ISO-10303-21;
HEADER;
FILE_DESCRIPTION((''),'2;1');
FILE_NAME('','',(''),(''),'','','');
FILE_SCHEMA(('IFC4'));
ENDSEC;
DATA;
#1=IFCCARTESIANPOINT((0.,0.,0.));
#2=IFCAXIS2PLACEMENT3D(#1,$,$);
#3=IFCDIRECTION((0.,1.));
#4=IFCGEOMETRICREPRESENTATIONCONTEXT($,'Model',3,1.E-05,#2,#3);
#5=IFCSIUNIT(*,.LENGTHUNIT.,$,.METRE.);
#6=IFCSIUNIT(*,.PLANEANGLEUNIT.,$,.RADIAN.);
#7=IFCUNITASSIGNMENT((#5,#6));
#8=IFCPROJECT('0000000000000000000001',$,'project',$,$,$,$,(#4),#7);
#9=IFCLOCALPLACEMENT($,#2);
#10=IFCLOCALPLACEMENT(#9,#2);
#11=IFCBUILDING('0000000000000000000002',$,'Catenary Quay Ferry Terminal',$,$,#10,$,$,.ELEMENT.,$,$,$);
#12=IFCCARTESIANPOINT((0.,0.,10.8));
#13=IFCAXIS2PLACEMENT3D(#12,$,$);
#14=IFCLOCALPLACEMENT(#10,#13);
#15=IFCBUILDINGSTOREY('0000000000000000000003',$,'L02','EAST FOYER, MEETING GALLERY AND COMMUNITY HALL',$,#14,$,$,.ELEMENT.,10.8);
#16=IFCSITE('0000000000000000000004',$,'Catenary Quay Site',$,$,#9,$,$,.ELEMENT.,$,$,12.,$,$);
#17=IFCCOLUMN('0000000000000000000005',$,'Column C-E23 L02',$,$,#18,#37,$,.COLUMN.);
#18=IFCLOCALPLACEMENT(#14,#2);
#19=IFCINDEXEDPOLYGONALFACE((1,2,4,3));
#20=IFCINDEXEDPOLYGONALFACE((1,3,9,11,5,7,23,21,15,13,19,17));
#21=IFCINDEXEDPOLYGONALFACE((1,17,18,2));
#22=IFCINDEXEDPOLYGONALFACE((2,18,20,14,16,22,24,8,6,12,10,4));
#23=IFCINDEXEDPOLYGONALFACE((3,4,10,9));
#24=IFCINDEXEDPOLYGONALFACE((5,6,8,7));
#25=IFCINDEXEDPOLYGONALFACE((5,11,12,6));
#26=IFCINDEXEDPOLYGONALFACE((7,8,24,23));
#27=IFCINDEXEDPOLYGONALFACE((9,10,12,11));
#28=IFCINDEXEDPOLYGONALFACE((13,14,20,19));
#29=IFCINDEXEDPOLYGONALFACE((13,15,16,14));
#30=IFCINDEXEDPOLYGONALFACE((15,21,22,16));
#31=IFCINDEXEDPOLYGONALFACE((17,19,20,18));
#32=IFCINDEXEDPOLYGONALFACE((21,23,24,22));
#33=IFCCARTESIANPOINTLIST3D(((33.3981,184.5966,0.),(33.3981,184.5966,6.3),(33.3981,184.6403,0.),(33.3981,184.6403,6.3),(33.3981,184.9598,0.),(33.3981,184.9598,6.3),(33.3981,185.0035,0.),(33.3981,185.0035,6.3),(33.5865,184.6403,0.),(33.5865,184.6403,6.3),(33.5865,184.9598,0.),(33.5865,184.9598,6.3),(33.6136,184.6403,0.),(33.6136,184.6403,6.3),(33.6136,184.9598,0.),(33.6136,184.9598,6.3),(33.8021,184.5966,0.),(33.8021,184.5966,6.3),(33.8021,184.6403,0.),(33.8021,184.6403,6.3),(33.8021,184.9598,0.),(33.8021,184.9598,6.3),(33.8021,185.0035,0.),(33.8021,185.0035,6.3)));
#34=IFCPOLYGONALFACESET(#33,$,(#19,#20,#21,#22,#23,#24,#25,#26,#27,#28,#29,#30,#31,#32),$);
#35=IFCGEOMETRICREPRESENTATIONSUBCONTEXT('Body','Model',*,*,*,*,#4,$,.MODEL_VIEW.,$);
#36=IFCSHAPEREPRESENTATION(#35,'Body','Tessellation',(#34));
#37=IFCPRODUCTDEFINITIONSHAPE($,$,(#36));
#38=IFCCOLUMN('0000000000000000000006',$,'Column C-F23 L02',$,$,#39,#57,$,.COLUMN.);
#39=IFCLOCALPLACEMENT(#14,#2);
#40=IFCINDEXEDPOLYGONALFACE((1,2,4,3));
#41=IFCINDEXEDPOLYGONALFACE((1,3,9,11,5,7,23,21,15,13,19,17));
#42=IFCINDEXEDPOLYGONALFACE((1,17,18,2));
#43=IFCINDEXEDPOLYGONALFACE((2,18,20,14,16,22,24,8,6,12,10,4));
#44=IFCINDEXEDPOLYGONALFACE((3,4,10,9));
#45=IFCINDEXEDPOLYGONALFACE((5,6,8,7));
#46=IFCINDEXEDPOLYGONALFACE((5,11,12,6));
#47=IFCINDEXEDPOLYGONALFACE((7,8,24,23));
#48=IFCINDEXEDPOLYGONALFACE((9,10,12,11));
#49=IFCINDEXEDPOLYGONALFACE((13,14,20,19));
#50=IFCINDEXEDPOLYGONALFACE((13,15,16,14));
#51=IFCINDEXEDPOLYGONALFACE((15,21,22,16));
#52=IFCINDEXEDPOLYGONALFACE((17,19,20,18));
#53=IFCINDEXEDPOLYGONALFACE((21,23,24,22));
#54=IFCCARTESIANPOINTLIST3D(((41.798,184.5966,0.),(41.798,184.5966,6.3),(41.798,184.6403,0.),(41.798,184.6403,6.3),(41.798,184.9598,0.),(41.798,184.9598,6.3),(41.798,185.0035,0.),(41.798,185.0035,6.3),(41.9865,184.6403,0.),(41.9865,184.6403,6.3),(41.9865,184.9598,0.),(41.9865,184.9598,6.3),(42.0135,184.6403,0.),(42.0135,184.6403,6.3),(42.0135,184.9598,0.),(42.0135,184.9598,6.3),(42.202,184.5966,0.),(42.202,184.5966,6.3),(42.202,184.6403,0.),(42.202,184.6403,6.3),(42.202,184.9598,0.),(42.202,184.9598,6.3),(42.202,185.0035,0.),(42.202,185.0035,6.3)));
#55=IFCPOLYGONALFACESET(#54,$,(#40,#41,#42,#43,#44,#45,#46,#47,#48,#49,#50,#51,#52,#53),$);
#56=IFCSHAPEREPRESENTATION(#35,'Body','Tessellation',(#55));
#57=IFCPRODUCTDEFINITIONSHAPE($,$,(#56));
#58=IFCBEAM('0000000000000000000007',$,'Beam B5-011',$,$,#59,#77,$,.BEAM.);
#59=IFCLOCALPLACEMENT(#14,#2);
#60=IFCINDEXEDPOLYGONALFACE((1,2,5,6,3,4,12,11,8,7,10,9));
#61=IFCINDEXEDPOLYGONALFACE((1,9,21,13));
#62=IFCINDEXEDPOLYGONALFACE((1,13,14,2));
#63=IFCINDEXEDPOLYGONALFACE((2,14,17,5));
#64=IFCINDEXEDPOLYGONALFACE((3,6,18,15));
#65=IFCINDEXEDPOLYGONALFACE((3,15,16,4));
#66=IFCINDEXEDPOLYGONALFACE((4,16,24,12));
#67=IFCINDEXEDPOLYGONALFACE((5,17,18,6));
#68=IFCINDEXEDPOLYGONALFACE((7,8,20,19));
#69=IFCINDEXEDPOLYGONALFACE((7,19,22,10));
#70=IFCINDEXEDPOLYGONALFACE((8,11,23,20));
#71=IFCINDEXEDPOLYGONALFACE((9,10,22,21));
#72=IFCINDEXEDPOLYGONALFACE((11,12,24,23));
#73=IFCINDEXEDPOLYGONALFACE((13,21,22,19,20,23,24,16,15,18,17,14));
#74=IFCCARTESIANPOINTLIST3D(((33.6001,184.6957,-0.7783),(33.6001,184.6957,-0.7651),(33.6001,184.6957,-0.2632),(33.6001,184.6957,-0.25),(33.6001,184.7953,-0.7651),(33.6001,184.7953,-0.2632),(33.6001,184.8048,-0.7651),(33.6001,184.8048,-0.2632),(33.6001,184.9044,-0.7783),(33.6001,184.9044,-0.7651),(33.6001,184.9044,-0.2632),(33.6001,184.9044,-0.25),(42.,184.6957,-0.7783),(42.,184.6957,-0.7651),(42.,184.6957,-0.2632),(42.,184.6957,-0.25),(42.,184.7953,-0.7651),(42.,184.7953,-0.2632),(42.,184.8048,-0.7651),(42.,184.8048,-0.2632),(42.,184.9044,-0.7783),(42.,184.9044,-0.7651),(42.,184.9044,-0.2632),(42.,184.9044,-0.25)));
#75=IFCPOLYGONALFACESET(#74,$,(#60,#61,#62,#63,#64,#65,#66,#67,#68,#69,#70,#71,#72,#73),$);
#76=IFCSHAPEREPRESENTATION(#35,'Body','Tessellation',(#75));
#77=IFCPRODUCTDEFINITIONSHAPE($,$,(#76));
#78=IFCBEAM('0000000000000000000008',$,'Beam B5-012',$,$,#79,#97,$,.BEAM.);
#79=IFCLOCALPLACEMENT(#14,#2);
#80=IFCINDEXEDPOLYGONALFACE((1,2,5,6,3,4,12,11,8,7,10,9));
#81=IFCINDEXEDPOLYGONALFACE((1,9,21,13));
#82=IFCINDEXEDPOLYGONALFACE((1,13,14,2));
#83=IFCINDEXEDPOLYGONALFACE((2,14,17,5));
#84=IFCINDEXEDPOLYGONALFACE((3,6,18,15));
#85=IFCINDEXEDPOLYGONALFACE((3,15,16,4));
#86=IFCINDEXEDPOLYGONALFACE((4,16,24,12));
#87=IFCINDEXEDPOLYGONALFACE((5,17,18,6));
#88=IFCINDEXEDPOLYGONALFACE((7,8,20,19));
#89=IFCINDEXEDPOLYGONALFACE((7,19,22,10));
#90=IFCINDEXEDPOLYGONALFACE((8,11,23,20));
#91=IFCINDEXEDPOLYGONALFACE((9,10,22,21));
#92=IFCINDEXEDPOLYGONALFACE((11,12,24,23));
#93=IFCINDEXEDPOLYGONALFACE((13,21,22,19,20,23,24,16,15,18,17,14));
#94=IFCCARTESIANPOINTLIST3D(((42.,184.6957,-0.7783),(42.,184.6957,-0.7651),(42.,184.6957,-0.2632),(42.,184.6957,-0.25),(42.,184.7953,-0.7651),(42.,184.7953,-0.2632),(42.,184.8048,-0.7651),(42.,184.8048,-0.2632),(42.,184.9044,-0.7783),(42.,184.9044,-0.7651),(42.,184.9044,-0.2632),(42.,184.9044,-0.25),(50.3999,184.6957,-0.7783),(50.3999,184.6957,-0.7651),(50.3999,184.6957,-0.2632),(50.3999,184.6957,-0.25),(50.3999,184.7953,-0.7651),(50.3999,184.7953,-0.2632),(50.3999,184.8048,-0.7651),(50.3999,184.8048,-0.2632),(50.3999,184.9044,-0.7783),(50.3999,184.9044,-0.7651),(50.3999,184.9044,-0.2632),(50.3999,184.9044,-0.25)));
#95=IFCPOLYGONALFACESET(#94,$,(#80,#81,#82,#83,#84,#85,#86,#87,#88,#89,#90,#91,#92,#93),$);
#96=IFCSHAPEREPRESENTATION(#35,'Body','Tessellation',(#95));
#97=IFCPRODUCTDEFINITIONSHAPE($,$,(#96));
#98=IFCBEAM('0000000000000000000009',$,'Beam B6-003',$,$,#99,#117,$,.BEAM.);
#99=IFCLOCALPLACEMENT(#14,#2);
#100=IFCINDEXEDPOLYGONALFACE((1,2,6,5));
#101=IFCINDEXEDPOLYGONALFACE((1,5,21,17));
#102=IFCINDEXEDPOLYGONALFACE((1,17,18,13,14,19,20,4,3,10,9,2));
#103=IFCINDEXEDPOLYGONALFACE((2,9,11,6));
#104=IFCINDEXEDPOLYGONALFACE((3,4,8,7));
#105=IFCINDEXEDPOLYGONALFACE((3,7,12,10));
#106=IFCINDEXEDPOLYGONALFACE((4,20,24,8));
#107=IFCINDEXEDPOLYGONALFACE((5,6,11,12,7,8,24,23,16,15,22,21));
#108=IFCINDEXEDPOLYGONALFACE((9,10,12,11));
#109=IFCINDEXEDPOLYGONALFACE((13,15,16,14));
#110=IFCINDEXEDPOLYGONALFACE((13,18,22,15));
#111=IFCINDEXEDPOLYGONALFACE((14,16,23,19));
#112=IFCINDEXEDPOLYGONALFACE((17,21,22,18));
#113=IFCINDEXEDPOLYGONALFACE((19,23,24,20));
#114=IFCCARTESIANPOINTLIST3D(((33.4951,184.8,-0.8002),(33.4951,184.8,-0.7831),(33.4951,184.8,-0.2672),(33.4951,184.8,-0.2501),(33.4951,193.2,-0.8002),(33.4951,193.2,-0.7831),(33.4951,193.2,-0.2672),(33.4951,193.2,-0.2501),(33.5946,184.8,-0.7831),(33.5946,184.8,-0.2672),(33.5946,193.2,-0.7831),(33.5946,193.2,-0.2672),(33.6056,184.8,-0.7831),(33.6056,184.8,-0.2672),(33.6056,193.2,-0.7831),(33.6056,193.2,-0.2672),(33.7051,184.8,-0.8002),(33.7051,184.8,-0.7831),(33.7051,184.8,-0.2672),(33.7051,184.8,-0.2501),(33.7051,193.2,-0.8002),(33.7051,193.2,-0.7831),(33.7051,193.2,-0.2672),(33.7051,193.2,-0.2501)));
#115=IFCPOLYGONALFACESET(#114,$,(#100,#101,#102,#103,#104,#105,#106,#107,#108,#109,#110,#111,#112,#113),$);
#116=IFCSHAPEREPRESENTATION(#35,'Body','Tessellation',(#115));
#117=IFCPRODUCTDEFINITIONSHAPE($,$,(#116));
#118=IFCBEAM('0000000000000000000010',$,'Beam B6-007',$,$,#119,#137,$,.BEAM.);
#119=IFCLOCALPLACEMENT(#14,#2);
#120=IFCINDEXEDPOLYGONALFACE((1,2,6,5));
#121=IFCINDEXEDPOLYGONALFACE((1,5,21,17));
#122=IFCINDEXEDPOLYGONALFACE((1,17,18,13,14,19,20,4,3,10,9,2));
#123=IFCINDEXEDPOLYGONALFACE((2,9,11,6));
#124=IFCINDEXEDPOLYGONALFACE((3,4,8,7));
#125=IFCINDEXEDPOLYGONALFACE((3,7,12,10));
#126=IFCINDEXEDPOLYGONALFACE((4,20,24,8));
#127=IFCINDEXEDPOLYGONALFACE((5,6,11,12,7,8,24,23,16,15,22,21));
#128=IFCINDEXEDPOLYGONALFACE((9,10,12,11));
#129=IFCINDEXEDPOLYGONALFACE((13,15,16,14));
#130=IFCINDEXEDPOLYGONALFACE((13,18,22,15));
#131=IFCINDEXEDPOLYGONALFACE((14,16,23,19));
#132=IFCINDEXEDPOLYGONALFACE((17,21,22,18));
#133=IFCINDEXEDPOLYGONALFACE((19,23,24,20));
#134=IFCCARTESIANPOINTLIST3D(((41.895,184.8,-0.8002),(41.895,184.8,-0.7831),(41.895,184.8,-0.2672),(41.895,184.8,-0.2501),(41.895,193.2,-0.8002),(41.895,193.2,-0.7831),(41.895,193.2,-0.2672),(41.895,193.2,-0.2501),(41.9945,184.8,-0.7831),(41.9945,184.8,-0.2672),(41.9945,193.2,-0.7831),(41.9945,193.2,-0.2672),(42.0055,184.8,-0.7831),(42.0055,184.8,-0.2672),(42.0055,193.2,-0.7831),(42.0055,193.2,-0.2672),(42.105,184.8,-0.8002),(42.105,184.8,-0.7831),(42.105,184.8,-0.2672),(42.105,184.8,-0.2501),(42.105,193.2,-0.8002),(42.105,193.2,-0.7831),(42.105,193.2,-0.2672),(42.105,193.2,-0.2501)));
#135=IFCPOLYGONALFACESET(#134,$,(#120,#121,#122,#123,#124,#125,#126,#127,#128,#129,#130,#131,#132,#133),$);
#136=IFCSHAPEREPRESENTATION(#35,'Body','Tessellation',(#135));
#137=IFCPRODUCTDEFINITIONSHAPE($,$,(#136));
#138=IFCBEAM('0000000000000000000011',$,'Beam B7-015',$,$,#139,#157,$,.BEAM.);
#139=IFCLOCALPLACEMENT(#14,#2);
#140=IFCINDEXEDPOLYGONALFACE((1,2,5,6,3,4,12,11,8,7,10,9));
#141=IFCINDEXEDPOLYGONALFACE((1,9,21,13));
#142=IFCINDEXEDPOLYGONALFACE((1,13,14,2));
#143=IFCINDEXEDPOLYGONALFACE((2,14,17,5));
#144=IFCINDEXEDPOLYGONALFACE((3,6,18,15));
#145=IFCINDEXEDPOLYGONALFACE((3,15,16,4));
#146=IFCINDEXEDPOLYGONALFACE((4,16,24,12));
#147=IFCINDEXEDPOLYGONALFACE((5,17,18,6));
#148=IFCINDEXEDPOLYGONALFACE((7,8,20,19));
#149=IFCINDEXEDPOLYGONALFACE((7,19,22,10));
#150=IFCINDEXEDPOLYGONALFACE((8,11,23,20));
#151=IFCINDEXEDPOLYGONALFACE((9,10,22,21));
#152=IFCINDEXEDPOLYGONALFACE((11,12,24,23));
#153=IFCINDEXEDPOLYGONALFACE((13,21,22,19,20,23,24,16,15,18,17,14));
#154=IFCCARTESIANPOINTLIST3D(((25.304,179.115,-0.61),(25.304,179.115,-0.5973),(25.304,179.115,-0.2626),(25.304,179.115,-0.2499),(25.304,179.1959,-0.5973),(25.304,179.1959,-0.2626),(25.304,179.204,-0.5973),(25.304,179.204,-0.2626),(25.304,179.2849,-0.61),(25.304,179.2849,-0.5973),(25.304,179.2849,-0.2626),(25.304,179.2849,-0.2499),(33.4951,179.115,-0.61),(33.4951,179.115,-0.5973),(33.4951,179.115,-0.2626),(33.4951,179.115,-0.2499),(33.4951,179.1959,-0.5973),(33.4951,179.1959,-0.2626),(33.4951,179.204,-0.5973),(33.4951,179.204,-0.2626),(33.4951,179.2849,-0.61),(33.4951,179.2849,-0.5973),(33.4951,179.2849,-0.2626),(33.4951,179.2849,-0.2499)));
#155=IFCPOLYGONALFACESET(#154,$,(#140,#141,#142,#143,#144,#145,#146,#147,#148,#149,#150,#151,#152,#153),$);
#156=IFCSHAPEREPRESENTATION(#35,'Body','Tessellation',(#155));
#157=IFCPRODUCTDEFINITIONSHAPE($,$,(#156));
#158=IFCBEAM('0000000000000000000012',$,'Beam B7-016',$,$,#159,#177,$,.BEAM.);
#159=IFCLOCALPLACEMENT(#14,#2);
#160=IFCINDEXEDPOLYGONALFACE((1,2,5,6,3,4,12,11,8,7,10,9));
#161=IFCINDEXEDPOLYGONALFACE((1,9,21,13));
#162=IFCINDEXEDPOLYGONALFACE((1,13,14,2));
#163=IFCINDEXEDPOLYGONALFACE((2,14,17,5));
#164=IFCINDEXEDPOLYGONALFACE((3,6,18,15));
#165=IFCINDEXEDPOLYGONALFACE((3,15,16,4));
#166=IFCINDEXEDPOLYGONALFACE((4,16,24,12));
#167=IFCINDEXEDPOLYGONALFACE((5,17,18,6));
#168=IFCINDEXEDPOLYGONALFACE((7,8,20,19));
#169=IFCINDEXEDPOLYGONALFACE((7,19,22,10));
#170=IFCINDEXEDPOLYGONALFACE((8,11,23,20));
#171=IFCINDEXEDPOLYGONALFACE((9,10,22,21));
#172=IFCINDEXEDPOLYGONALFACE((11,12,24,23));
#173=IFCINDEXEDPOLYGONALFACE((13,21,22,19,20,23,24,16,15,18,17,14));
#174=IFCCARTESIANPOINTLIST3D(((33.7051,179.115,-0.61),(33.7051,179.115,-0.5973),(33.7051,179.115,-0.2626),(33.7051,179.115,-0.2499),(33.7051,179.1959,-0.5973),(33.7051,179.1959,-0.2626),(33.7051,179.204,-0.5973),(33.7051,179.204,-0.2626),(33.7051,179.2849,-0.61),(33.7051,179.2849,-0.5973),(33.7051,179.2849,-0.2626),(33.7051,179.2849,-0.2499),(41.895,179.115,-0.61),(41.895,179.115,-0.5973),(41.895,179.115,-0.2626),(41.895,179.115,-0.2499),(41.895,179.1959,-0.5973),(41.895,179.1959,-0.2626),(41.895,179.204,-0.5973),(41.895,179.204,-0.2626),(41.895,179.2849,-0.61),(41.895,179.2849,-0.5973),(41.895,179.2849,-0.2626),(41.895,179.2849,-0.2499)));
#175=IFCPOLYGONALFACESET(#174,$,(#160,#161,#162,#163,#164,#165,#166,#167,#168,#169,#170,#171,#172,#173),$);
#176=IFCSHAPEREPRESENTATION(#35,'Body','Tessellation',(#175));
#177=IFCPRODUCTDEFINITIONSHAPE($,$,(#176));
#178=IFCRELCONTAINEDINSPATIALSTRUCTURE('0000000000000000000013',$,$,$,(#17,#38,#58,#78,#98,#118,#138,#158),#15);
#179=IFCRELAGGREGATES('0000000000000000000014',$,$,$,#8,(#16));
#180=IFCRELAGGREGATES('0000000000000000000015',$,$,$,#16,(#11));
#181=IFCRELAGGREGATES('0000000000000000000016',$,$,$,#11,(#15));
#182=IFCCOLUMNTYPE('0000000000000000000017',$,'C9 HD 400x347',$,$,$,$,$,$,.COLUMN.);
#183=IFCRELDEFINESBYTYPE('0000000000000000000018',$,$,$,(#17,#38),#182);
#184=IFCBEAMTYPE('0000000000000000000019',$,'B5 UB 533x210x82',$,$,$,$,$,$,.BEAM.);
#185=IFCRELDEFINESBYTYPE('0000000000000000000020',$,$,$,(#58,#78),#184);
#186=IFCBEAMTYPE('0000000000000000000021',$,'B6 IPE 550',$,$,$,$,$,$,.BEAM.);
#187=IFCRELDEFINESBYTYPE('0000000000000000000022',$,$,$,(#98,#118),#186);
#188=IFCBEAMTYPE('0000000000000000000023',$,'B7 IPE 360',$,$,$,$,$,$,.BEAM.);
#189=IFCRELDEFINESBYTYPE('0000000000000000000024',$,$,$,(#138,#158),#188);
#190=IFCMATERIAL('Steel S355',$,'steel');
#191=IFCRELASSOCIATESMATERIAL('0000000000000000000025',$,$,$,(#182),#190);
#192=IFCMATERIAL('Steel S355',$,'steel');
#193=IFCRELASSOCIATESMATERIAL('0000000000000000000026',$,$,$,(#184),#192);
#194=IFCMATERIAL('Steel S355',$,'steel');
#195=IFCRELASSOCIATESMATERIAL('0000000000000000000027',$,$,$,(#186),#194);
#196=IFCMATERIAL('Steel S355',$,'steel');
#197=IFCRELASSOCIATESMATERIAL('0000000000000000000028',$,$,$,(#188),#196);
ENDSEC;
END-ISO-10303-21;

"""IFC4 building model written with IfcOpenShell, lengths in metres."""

from ifc_helpers import new_model, si_unit, direction, frame, origin, origin_2d, place, context, subcontext, project, spatial, i_section, extrude, material, material_profile, profile_set, type_object, element, save


model = new_model("IFC4")

# Units and contexts
model_context = context("Model", 3, precision=1e-05, world=origin(), true_north=direction((0.0, 1.0)))
body_context = subcontext(model_context, "Body", "Model", "MODEL_VIEW")
ifc_project = project(units=[si_unit("LENGTHUNIT", "METRE"), si_unit("PLANEANGLEUNIT", "RADIAN")], contexts=[model_context])

# Site, building, storey
site_placement = place(None, origin())
site = spatial("IfcSite", under=ifc_project, at=site_placement, Name="Catenary Quay Site", CompositionType="ELEMENT", RefElevation=12.0)
building_placement = place(site_placement, origin())
building = spatial("IfcBuilding", under=site, at=building_placement, Name="Catenary Quay Ferry Terminal", CompositionType="ELEMENT")
storey_placement = place(building_placement, frame((0.0, 0.0, 10.8)))
storey = spatial("IfcBuildingStorey", under=building, at=storey_placement, Name="L02", Description="EAST FOYER, MEETING GALLERY AND COMMUNITY HALL", CompositionType="ELEMENT", Elevation=10.8)

# Columns
ifc_material_1 = material(Name="Steel S355", Category="steel")
ifc_material_profile_1 = material_profile(ifc_material_1, i_section(OverallWidth=0.4041, OverallDepth=0.407, WebThickness=0.0271, FlangeThickness=0.0437, at=origin_2d()), Name="HD 400x347")
ifc_profile_set_1 = profile_set([ifc_material_profile_1], Name="Steel S355")
column_type = type_object("IfcColumnType", Name="C9 HD 400x347", PredefinedType="COLUMN", material=ifc_profile_set_1)
for number, where, z_axis, x_axis, name in (
    (1, (33.6001, 184.8, 0.0), (0.0, 0.0, 1.0), (1.0, 0.0, 0.0), "Column C-E23 L02"),
    (2, (42.0, 184.8, 0.0), (0.0, 0.0, 1.0), (1.0, 0.0, 0.0), "Column C-F23 L02"),
):
    element("IfcColumn", number, at=place(storey_placement, frame(where, z_axis=z_axis, x_axis=x_axis)), inside=storey, type_object=column_type, Name=name, PredefinedType="COLUMN", context=body_context, shape_type="SweptSolid", body=[
        extrude(i_section(OverallWidth=0.4041, OverallDepth=0.407, WebThickness=0.0271, FlangeThickness=0.0437, at=origin_2d()), origin(), (0.0, 0.0, 1.0), 6.3),
    ])

# Beams
ifc_material_2 = material(Name="Steel S355", Category="steel")
ifc_material_profile_2 = material_profile(ifc_material_2, i_section(OverallWidth=0.2087, OverallDepth=0.5283, WebThickness=0.0095, FlangeThickness=0.0132, at=origin_2d()), Name="UB 533x210x82")
ifc_profile_set_2 = profile_set([ifc_material_profile_2], Name="Steel S355")
beam_type_1 = type_object("IfcBeamType", Name="B5 UB 533x210x82", PredefinedType="BEAM", material=ifc_profile_set_2)
for number, where, z_axis, x_axis, name in (
    (3, (33.6001, 184.8, -0.5142), (1.0, 0.0, 0.0), (0.0, 1.0, 0.0), "Beam B5-011"),
    (4, (42.0, 184.8, -0.5142), (1.0, 0.0, 0.0), (0.0, 1.0, 0.0), "Beam B5-012"),
):
    element("IfcBeam", number, at=place(storey_placement, frame(where, z_axis=z_axis, x_axis=x_axis)), inside=storey, type_object=beam_type_1, Name=name, PredefinedType="BEAM", context=body_context, shape_type="SweptSolid", body=[
        extrude(i_section(OverallWidth=0.2087, OverallDepth=0.5283, WebThickness=0.0095, FlangeThickness=0.0132, at=origin_2d()), origin(), (0.0, 0.0, 1.0), 8.3999),
    ])
ifc_material_3 = material(Name="Steel S355", Category="steel")
ifc_material_profile_3 = material_profile(ifc_material_3, i_section(OverallWidth=0.21, OverallDepth=0.55, WebThickness=0.011, FlangeThickness=0.0171, at=origin_2d()), Name="IPE 550")
ifc_profile_set_3 = profile_set([ifc_material_profile_3], Name="Steel S355")
beam_type_2 = type_object("IfcBeamType", Name="B6 IPE 550", PredefinedType="BEAM", material=ifc_profile_set_3)
for number, where, z_axis, x_axis, name in (
    (5, (33.6001, 184.8, -0.5251), (0.0, 1.0, 0.0), (-1.0, 0.0, 0.0), "Beam B6-003"),
    (6, (42.0, 184.8, -0.5251), (0.0, 1.0, 0.0), (-1.0, 0.0, 0.0), "Beam B6-007"),
):
    element("IfcBeam", number, at=place(storey_placement, frame(where, z_axis=z_axis, x_axis=x_axis)), inside=storey, type_object=beam_type_2, Name=name, PredefinedType="BEAM", context=body_context, shape_type="SweptSolid", body=[
        extrude(i_section(OverallWidth=0.21, OverallDepth=0.55, WebThickness=0.011, FlangeThickness=0.0171, at=origin_2d()), origin(), (0.0, 0.0, 1.0), 8.3999),
    ])
ifc_material_4 = material(Name="Steel S355", Category="steel")
ifc_material_profile_4 = material_profile(ifc_material_4, i_section(OverallWidth=0.1699, OverallDepth=0.3601, WebThickness=0.0081, FlangeThickness=0.0127, at=origin_2d()), Name="IPE 360")
ifc_profile_set_4 = profile_set([ifc_material_profile_4], Name="Steel S355")
beam_type_3 = type_object("IfcBeamType", Name="B7 IPE 360", PredefinedType="BEAM", material=ifc_profile_set_4)
beam_1_placement = place(storey_placement, frame((25.304, 179.2, -0.4299), z_axis=(1.0, 0.0, 0.0), x_axis=(0.0, 1.0, 0.0)))
element("IfcBeam", 7, at=beam_1_placement, inside=storey, type_object=beam_type_3, Name="Beam B7-015", PredefinedType="BEAM", context=body_context, shape_type="SweptSolid", body=[
    extrude(i_section(OverallWidth=0.1699, OverallDepth=0.3601, WebThickness=0.0081, FlangeThickness=0.0127, at=origin_2d()), origin(), (0.0, 0.0, 1.0), 8.1912),
])
beam_2_placement = place(storey_placement, frame((33.7051, 179.2, -0.4299), z_axis=(1.0, 0.0, 0.0), x_axis=(0.0, 1.0, 0.0)))
element("IfcBeam", 8, at=beam_2_placement, inside=storey, type_object=beam_type_3, Name="Beam B7-016", PredefinedType="BEAM", context=body_context, shape_type="SweptSolid", body=[
    extrude(i_section(OverallWidth=0.1699, OverallDepth=0.3601, WebThickness=0.0081, FlangeThickness=0.0127, at=origin_2d()), origin(), (0.0, 0.0, 1.0), 8.1899),
])

save(model, "model.ifc")
